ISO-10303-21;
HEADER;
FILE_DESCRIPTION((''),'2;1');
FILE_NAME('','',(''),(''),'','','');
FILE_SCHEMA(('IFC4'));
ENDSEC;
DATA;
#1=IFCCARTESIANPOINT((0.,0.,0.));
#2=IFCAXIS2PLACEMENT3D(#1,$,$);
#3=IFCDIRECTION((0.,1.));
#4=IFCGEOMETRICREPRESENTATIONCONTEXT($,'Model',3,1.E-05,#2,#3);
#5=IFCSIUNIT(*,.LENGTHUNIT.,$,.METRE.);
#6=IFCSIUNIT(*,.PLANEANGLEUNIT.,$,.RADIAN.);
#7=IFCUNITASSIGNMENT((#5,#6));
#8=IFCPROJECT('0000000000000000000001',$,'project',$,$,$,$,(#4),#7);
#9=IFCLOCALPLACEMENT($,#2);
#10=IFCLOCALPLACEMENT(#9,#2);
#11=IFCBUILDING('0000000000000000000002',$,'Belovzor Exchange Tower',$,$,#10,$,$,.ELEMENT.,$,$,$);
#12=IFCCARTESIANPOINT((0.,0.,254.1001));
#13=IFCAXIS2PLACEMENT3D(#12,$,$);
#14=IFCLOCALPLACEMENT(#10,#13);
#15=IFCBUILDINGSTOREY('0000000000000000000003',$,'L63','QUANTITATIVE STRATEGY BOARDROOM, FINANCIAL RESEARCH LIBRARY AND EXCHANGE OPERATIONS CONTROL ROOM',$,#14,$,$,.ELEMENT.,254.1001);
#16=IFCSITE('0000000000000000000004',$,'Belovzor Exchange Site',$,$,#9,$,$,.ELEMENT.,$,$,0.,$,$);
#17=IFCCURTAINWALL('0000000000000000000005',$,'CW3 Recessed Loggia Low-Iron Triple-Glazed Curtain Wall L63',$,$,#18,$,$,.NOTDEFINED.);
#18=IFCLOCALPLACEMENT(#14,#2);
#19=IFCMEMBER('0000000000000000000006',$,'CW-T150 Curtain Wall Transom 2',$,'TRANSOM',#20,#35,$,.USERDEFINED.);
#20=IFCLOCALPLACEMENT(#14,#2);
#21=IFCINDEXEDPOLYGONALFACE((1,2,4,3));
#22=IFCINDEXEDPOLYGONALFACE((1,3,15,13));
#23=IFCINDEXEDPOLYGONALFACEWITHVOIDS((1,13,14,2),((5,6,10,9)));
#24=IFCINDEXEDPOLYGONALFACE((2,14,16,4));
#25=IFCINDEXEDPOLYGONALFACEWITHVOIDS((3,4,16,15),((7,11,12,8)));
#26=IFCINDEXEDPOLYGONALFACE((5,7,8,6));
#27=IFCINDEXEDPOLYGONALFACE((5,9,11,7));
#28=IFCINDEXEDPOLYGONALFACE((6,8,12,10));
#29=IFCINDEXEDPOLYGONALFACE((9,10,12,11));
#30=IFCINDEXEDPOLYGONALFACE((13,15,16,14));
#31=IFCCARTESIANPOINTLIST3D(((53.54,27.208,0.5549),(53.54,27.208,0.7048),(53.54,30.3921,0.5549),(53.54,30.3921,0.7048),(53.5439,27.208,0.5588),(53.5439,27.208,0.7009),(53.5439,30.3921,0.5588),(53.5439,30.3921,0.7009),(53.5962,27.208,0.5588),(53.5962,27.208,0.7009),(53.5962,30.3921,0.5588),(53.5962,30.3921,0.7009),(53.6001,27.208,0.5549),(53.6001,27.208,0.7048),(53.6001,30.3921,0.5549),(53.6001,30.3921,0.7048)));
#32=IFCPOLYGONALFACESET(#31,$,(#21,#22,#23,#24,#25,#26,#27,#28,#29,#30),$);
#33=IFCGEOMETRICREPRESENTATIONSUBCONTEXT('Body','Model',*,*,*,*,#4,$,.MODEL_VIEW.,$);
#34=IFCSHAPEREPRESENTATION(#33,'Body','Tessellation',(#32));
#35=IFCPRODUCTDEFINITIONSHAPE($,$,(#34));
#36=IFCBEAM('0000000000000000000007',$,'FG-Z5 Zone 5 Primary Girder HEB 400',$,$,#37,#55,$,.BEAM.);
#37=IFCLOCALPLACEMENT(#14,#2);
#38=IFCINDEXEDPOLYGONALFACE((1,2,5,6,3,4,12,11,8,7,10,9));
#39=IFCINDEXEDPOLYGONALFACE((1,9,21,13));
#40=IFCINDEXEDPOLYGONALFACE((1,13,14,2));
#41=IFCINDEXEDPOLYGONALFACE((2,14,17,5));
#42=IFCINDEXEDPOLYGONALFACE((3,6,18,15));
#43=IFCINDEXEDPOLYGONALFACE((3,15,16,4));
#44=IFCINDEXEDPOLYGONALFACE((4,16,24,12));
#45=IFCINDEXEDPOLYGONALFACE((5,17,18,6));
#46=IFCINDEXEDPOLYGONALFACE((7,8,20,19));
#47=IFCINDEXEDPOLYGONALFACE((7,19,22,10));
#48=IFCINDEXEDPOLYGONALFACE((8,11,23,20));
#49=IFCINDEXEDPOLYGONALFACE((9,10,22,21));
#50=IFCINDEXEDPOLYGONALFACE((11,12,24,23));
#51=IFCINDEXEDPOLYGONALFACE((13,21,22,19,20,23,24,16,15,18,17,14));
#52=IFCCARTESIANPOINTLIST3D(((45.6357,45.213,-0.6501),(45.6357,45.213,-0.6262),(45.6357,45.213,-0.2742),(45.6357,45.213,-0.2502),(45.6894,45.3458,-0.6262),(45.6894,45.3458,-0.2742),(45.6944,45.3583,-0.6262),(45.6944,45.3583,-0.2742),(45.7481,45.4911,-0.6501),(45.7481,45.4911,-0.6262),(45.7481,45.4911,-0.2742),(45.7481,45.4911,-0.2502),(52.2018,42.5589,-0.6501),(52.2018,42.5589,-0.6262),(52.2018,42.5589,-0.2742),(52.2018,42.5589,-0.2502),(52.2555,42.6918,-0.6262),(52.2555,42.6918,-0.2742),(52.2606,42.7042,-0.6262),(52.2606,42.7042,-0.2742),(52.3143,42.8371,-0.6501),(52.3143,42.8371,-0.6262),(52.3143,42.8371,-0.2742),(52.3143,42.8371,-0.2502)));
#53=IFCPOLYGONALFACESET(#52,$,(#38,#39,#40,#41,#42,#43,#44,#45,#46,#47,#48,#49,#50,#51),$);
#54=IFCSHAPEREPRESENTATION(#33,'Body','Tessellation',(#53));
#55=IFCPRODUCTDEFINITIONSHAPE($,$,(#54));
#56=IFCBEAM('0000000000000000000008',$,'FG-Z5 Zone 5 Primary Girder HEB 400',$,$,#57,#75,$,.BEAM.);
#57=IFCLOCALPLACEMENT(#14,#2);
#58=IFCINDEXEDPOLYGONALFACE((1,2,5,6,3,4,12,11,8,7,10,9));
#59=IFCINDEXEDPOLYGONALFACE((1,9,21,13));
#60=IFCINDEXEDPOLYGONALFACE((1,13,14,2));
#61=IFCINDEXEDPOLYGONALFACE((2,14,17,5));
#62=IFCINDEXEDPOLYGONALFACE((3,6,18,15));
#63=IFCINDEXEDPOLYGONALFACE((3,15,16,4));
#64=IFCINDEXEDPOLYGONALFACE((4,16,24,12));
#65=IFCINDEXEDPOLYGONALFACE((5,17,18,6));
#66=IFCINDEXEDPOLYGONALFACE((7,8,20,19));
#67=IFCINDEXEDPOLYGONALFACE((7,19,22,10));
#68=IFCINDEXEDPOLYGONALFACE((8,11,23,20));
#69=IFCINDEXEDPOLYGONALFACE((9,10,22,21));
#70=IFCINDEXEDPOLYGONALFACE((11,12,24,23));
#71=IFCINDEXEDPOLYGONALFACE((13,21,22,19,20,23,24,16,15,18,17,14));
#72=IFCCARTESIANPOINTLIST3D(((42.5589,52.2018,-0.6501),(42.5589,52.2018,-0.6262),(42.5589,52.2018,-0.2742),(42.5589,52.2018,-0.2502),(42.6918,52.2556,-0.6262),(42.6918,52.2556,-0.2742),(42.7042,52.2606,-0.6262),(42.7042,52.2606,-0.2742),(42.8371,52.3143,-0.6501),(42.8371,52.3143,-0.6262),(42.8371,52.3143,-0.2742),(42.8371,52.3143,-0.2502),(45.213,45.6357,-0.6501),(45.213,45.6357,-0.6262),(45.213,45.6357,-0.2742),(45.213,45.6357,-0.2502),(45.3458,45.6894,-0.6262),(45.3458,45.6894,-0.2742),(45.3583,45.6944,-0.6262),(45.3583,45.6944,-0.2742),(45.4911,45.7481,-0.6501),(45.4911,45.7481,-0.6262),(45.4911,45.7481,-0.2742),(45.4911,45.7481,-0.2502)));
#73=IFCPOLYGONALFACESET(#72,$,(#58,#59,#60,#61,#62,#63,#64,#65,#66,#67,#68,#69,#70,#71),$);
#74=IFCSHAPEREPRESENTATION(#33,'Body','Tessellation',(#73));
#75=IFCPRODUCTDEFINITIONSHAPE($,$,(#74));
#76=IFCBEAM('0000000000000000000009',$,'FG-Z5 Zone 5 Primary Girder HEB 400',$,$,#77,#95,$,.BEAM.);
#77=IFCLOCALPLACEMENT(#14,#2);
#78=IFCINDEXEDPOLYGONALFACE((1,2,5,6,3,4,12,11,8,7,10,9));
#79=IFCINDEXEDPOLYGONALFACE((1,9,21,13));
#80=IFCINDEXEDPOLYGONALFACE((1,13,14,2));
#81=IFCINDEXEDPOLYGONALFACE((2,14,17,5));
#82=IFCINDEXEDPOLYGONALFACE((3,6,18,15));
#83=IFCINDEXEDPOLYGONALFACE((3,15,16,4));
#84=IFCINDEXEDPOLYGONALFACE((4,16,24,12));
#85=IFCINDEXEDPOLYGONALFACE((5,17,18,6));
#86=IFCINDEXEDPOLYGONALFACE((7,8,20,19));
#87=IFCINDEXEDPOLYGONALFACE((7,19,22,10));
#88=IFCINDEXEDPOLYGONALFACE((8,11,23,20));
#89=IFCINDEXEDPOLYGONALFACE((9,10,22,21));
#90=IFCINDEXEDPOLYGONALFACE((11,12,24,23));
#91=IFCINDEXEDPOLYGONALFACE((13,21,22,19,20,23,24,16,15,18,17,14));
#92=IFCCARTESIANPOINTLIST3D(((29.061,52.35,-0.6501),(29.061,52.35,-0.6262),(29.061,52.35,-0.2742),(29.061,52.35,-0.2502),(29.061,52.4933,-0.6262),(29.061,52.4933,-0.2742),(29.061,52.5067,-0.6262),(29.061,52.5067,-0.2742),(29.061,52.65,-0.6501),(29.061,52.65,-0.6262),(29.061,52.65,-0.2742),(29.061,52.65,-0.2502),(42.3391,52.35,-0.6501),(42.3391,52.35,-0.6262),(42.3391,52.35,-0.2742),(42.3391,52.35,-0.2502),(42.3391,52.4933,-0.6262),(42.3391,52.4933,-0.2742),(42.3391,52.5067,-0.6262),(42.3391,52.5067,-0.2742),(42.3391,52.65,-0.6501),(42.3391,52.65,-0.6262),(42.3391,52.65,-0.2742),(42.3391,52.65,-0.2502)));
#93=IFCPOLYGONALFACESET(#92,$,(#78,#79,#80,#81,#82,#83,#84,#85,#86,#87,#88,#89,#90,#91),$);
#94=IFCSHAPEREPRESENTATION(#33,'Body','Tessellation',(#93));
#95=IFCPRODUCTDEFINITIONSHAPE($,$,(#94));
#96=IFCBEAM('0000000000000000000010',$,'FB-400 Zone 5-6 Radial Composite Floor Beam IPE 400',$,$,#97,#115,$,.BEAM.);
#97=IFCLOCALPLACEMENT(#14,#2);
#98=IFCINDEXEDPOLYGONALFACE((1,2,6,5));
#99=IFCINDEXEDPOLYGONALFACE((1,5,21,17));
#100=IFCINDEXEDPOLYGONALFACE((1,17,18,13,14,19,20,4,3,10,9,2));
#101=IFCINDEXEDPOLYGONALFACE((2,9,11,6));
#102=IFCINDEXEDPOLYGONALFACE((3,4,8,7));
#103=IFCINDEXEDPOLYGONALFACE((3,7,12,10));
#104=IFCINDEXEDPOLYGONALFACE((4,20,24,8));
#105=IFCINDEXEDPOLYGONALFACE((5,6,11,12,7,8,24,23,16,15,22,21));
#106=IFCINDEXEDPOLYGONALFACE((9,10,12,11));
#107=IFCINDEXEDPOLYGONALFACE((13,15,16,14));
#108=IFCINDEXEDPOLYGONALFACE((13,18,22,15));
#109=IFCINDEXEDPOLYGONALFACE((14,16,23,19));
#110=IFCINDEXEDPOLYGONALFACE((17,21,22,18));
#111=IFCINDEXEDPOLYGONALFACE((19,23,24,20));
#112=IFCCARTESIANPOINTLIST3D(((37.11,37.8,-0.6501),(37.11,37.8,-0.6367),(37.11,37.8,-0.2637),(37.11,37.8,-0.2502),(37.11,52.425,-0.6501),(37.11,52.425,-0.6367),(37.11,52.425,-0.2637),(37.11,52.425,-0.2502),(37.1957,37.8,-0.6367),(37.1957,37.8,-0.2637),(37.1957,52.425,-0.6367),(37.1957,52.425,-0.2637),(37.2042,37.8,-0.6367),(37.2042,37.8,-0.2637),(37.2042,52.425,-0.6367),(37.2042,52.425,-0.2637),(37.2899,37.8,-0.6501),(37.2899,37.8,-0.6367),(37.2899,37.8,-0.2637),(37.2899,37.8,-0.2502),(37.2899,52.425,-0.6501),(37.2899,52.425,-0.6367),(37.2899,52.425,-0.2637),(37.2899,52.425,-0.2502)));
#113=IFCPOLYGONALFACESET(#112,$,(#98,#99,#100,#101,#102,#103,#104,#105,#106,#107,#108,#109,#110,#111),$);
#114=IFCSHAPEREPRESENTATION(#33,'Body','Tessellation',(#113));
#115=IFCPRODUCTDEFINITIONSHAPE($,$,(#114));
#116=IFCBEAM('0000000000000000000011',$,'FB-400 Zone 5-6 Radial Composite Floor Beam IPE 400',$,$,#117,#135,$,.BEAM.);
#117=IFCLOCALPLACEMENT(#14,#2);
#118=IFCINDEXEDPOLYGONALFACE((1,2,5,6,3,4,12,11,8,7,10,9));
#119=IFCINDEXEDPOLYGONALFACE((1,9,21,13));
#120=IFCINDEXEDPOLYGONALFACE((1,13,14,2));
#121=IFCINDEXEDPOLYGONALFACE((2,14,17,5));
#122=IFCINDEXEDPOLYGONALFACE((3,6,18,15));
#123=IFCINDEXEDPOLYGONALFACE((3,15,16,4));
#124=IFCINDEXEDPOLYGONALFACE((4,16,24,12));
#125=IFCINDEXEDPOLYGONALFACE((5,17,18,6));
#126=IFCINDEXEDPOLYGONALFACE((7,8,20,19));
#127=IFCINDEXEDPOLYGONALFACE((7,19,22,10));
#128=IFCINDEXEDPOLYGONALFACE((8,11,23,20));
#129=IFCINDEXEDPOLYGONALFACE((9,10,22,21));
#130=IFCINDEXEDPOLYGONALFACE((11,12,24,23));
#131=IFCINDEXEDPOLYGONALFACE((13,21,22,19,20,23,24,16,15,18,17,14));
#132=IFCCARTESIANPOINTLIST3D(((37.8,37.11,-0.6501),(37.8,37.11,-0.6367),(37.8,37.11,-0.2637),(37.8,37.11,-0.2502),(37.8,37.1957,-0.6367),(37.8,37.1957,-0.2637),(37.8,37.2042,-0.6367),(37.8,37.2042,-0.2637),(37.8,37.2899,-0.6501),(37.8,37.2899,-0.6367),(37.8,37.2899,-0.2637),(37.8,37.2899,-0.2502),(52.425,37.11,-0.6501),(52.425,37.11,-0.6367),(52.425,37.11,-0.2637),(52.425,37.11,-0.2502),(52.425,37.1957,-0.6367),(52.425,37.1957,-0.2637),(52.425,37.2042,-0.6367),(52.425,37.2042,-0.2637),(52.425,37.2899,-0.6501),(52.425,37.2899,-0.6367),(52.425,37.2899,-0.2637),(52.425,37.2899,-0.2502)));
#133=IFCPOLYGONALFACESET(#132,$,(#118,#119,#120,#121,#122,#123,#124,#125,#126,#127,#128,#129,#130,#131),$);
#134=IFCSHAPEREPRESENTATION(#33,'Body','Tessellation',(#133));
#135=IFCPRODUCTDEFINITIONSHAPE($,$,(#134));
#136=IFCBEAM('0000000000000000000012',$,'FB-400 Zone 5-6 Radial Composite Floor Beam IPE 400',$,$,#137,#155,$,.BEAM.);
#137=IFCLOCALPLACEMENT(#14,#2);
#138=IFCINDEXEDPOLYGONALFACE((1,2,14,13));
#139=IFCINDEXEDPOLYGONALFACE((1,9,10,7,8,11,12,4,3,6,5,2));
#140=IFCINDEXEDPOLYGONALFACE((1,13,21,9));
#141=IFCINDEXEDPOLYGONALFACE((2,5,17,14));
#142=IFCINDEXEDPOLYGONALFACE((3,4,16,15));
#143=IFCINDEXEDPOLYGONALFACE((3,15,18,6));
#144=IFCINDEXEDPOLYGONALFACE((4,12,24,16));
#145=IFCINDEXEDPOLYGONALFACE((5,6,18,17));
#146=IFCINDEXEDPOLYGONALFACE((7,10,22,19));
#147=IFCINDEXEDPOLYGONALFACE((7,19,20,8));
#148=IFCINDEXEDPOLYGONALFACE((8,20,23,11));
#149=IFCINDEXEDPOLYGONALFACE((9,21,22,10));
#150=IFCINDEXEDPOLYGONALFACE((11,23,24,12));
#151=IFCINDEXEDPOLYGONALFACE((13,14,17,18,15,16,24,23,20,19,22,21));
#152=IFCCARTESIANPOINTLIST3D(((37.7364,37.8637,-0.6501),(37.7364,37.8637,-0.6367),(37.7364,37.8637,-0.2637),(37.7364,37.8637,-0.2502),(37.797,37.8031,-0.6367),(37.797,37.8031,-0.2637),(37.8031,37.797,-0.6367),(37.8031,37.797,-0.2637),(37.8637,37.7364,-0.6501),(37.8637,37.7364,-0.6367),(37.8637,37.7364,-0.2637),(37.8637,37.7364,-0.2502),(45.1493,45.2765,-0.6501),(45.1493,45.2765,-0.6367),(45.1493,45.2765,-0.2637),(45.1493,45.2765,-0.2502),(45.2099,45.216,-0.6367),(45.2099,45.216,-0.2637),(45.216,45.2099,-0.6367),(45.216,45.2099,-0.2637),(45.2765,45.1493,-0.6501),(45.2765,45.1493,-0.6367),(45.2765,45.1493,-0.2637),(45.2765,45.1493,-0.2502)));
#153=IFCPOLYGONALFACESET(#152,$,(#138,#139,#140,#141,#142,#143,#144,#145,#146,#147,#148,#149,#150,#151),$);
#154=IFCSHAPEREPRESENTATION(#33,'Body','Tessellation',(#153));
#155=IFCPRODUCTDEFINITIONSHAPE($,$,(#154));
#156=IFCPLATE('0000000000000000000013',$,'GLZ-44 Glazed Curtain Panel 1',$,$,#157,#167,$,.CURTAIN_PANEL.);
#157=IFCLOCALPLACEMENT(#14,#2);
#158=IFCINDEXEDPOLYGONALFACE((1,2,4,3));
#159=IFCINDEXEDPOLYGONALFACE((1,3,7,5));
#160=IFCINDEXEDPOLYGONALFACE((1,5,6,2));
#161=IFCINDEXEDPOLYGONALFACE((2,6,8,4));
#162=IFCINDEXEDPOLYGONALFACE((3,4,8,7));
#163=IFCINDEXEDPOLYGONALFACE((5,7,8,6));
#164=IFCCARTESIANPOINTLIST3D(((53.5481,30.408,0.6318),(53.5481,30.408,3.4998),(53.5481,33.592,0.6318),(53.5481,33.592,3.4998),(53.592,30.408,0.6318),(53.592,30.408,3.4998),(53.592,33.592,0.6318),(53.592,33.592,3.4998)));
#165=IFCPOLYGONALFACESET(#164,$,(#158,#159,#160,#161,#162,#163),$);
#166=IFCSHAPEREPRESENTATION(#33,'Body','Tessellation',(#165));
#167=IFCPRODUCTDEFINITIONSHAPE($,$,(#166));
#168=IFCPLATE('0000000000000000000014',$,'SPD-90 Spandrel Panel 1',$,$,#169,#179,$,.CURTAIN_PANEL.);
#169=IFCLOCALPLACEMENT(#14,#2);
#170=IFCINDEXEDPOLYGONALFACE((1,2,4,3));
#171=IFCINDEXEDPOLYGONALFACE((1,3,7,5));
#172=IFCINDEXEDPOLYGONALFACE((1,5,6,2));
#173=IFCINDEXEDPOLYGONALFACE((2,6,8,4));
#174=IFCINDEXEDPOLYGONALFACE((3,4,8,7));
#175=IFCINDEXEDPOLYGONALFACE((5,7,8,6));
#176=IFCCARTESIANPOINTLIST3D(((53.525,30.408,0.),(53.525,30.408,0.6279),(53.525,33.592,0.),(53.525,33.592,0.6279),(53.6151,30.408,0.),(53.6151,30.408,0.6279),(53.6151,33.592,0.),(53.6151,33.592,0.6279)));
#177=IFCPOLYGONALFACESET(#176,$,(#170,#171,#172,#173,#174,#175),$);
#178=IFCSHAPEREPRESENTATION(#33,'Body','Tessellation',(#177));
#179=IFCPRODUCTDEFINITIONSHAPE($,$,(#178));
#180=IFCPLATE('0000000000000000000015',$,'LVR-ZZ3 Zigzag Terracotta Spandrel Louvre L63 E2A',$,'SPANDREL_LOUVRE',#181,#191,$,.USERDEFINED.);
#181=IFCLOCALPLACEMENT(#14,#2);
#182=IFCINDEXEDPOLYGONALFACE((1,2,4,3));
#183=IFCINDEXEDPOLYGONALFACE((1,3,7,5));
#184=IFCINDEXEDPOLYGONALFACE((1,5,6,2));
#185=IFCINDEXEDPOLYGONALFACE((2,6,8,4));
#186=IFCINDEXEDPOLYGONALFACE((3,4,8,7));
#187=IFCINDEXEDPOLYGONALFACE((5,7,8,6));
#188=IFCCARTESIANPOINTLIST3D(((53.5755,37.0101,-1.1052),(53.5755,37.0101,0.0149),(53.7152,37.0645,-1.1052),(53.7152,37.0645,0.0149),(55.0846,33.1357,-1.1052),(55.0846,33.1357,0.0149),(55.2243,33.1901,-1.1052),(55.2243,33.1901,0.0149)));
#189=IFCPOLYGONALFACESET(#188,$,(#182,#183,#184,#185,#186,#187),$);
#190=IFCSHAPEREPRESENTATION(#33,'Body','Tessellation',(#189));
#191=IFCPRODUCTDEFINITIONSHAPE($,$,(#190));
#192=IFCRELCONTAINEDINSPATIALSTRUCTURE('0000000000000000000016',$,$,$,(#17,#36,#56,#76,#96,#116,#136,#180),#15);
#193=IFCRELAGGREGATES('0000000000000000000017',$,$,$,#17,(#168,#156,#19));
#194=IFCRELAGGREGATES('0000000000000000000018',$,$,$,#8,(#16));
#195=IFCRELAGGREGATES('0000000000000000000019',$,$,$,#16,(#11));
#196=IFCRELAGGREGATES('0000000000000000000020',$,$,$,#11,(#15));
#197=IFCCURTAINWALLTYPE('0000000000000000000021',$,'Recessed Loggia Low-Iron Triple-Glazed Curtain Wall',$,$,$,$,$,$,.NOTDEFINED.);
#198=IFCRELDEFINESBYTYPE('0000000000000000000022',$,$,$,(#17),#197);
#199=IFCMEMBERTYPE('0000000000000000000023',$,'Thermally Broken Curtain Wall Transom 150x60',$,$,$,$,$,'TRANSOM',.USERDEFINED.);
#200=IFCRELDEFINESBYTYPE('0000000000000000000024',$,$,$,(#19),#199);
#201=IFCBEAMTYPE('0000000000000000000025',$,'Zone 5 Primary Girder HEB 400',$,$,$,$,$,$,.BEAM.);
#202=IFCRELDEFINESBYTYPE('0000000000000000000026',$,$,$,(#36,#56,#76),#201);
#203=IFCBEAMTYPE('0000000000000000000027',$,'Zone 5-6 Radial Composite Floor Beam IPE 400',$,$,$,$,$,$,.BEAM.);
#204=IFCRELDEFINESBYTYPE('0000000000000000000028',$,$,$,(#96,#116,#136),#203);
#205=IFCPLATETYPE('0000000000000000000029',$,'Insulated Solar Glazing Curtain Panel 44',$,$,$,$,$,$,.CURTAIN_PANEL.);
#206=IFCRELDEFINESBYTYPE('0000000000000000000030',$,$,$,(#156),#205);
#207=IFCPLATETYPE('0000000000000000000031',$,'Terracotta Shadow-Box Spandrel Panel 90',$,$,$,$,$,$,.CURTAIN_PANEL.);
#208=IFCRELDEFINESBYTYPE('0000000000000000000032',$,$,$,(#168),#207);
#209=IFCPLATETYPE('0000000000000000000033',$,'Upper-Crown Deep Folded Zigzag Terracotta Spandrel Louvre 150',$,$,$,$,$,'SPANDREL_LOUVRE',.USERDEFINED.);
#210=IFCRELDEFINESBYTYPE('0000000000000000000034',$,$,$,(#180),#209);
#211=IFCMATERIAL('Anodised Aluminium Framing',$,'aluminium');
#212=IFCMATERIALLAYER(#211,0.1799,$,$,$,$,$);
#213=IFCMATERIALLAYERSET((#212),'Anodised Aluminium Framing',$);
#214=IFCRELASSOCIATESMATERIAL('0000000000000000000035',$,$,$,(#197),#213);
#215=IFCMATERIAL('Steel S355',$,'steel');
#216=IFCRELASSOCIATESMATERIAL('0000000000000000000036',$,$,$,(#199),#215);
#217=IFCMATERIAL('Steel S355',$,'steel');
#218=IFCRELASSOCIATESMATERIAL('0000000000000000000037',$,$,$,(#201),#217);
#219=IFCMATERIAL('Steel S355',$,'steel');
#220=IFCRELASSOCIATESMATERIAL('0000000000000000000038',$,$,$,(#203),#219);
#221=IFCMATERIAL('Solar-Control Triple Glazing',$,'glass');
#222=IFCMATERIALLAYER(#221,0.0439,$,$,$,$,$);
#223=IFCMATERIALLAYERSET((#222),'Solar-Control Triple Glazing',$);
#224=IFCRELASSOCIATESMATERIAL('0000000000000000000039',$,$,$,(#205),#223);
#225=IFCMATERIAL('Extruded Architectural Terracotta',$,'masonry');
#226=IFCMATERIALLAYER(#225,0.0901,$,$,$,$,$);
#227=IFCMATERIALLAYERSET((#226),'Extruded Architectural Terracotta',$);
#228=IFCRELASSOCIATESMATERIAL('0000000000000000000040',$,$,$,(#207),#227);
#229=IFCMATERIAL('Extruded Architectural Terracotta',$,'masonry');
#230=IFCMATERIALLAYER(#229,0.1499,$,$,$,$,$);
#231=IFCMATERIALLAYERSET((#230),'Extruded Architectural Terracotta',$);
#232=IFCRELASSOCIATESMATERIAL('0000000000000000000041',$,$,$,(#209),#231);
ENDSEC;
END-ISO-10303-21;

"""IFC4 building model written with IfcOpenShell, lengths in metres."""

from ifc_helpers import new_model, si_unit, direction, frame, origin, origin_2d, place, context, subcontext, project, spatial, rectangle, hollow_rectangle, i_section, extrude, material, layer, layer_set, material_profile, profile_set, type_object, element, aggregate, save


model = new_model("IFC4")

# Units and contexts
model_context = context("Model", 3, precision=1e-05, world=origin(), true_north=direction((0.0, 1.0)))
body_context = subcontext(model_context, "Body", "Model", "MODEL_VIEW")
ifc_project = project(units=[si_unit("LENGTHUNIT", "METRE"), si_unit("PLANEANGLEUNIT", "RADIAN")], contexts=[model_context])

# Site, building, storey
site_placement = place(None, origin())
site = spatial("IfcSite", under=ifc_project, at=site_placement, Name="Belovzor Exchange Site", CompositionType="ELEMENT", RefElevation=0.0)
building_placement = place(site_placement, origin())
building = spatial("IfcBuilding", under=site, at=building_placement, Name="Belovzor Exchange Tower", CompositionType="ELEMENT")
storey_placement = place(building_placement, frame((0.0, 0.0, 254.1001)))
storey = spatial("IfcBuildingStorey", under=building, at=storey_placement, Name="L63", Description="QUANTITATIVE STRATEGY BOARDROOM, FINANCIAL RESEARCH LIBRARY AND EXCHANGE OPERATIONS CONTROL ROOM", CompositionType="ELEMENT", Elevation=254.1001)

# Curtain wall, member
ifc_material_1 = material(Name="Anodised Aluminium Framing", Category="aluminium")
ifc_layer_1 = layer(ifc_material_1, 0.1799)
ifc_layer_set_1 = layer_set([ifc_layer_1], Name="Anodised Aluminium Framing")
curtain_wall_type = type_object("IfcCurtainWallType", Name="Recessed Loggia Low-Iron Triple-Glazed Curtain Wall", PredefinedType="NOTDEFINED", material=ifc_layer_set_1)
curtain_wall_placement = place(storey_placement, origin())
curtain_wall = element("IfcCurtainWall", 1, at=curtain_wall_placement, inside=storey, type_object=curtain_wall_type, Name="CW3 Recessed Loggia Low-Iron Triple-Glazed Curtain Wall L63", PredefinedType="NOTDEFINED")
ifc_material_2 = material(Name="Steel S355", Category="steel")
ifc_material_profile_1 = material_profile(ifc_material_2, hollow_rectangle(XDim=0.0601, YDim=0.1499, WallThickness=0.0039, at=origin_2d()))
ifc_profile_set_1 = profile_set([ifc_material_profile_1], Name="Steel S355")
member_type_1 = type_object("IfcMemberType", Name="Thermally Broken Curtain Wall Transom 150x60", ElementType="TRANSOM", PredefinedType="USERDEFINED", material=ifc_profile_set_1)
member_1_placement = place(storey_placement, frame((53.5701, 30.3921, 0.6299), z_axis=(0.0, -1.0, 0.0), x_axis=(1.0, 0.0, 0.0)))
member_1 = element("IfcMember", 2, at=member_1_placement, type_object=member_type_1, Name="CW-T150 Curtain Wall Transom 2", ObjectType="TRANSOM", PredefinedType="USERDEFINED", context=body_context, shape_type="SweptSolid", body=[
    extrude(hollow_rectangle(XDim=0.0601, YDim=0.1499, WallThickness=0.0039, at=origin_2d()), origin(), (0.0, 0.0, 1.0), 3.1841),
])

# Beams
ifc_material_3 = material(Name="Steel S355", Category="steel")
ifc_material_profile_2 = material_profile(ifc_material_3, i_section(OverallWidth=0.3, OverallDepth=0.3999, WebThickness=0.0134, FlangeThickness=0.0239, at=origin_2d()))
ifc_profile_set_2 = profile_set([ifc_material_profile_2], Name="Steel S355")
beam_type_1 = type_object("IfcBeamType", Name="Zone 5 Primary Girder HEB 400", PredefinedType="BEAM", material=ifc_profile_set_2)
for number, where, z_axis, x_axis, name in (
    (3, (52.2581, 42.698, -0.4502), (-0.927127, 0.374746, 0.0), (-0.374746, -0.927127, 0.0), "FG-Z5 Zone 5 Primary Girder HEB 400"),
    (4, (45.3521, 45.6919, -0.4502), (-0.374746, 0.927127, 0.0), (-0.927127, -0.374746, 0.0), "FG-Z5 Zone 5 Primary Girder HEB 400"),
):
    element("IfcBeam", number, at=place(storey_placement, frame(where, z_axis=z_axis, x_axis=x_axis)), inside=storey, type_object=beam_type_1, Name=name, PredefinedType="BEAM", context=body_context, shape_type="SweptSolid", body=[
        extrude(i_section(OverallWidth=0.3, OverallDepth=0.3999, WebThickness=0.0134, FlangeThickness=0.0239, at=origin_2d()), origin(), (0.0, 0.0, 1.0), 7.0823),
    ])
beam_1_placement = place(storey_placement, frame((42.3391, 52.5, -0.4502), z_axis=(-1.0, 0.0, 0.0), x_axis=(0.0, -1.0, 0.0)))
element("IfcBeam", 5, at=beam_1_placement, inside=storey, type_object=beam_type_1, Name="FG-Z5 Zone 5 Primary Girder HEB 400", PredefinedType="BEAM", context=body_context, shape_type="SweptSolid", body=[
    extrude(i_section(OverallWidth=0.3, OverallDepth=0.3999, WebThickness=0.0134, FlangeThickness=0.0239, at=origin_2d()), origin(), (0.0, 0.0, 1.0), 13.2781),
])
ifc_material_4 = material(Name="Steel S355", Category="steel")
ifc_material_profile_3 = material_profile(ifc_material_4, i_section(OverallWidth=0.1799, OverallDepth=0.3999, WebThickness=0.0085, FlangeThickness=0.0134, at=origin_2d()))
ifc_profile_set_3 = profile_set([ifc_material_profile_3], Name="Steel S355")
beam_type_2 = type_object("IfcBeamType", Name="Zone 5-6 Radial Composite Floor Beam IPE 400", PredefinedType="BEAM", material=ifc_profile_set_3)
for number, where, z_axis, x_axis, name in (
    (6, (37.2, 37.8, -0.4502), (0.0, 1.0, 0.0), (-1.0, 0.0, 0.0), "FB-400 Zone 5-6 Radial Composite Floor Beam IPE 400"),
    (7, (37.8, 37.2, -0.4502), (1.0, 0.0, 0.0), (0.0, 1.0, 0.0), "FB-400 Zone 5-6 Radial Composite Floor Beam IPE 400"),
):
    element("IfcBeam", number, at=place(storey_placement, frame(where, z_axis=z_axis, x_axis=x_axis)), inside=storey, type_object=beam_type_2, Name=name, PredefinedType="BEAM", context=body_context, shape_type="SweptSolid", body=[
        extrude(i_section(OverallWidth=0.1799, OverallDepth=0.3999, WebThickness=0.0085, FlangeThickness=0.0134, at=origin_2d()), origin(), (0.0, 0.0, 1.0), 14.625),
    ])
beam_2_placement = place(storey_placement, frame((37.8, 37.8, -0.4502), z_axis=(0.707107, 0.707107, 0.0), x_axis=(-0.707107, 0.707107, 0.0)))
element("IfcBeam", 8, at=beam_2_placement, inside=storey, type_object=beam_type_2, Name="FB-400 Zone 5-6 Radial Composite Floor Beam IPE 400", PredefinedType="BEAM", context=body_context, shape_type="SweptSolid", body=[
    extrude(i_section(OverallWidth=0.1799, OverallDepth=0.3999, WebThickness=0.0085, FlangeThickness=0.0134, at=origin_2d()), origin(), (0.0, 0.0, 1.0), 10.4834),
])

# Plates
ifc_material_5 = material(Name="Solar-Control Triple Glazing", Category="glass")
ifc_layer_2 = layer(ifc_material_5, 0.0439)
ifc_layer_set_2 = layer_set([ifc_layer_2], Name="Solar-Control Triple Glazing")
plate_type_1 = type_object("IfcPlateType", Name="Insulated Solar Glazing Curtain Panel 44", PredefinedType="CURTAIN_PANEL", material=ifc_layer_set_2)
plate_1_placement = place(storey_placement, frame((53.5701, 32.0, 0.6318), z_axis=(0.0, 0.0, 1.0), x_axis=(0.0, -1.0, 0.0)))
plate_1 = element("IfcPlate", 9, at=plate_1_placement, type_object=plate_type_1, Name="GLZ-44 Glazed Curtain Panel 1", PredefinedType="CURTAIN_PANEL", context=body_context, shape_type="SweptSolid", body=[
    extrude(rectangle(XDim=3.1841, YDim=0.0439, at=origin_2d()), origin(), (0.0, 0.0, 1.0), 2.8679),
])
ifc_material_6 = material(Name="Extruded Architectural Terracotta", Category="masonry")
ifc_layer_3 = layer(ifc_material_6, 0.0901)
ifc_layer_set_3 = layer_set([ifc_layer_3], Name="Extruded Architectural Terracotta")
plate_type_2 = type_object("IfcPlateType", Name="Terracotta Shadow-Box Spandrel Panel 90", PredefinedType="CURTAIN_PANEL", material=ifc_layer_set_3)
plate_2_placement = place(storey_placement, frame((53.5701, 32.0, 0.0), z_axis=(0.0, 0.0, 1.0), x_axis=(0.0, -1.0, 0.0)))
plate_2 = element("IfcPlate", 10, at=plate_2_placement, type_object=plate_type_2, Name="SPD-90 Spandrel Panel 1", PredefinedType="CURTAIN_PANEL", context=body_context, shape_type="SweptSolid", body=[
    extrude(rectangle(XDim=3.1841, YDim=0.0901, at=origin_2d()), origin(), (0.0, 0.0, 1.0), 0.6279),
])
aggregate(curtain_wall, [plate_2, plate_1, member_1])

# Plate
ifc_material_7 = material(Name="Extruded Architectural Terracotta", Category="masonry")
ifc_layer_4 = layer(ifc_material_7, 0.1499)
ifc_layer_set_4 = layer_set([ifc_layer_4], Name="Extruded Architectural Terracotta")
plate_type_3 = type_object("IfcPlateType", Name="Upper-Crown Deep Folded Zigzag Terracotta Spandrel Louvre 150", ElementType="SPANDREL_LOUVRE", PredefinedType="USERDEFINED", material=ifc_layer_set_4)
for number, where, z_axis, x_axis, name in (
    (11, (54.3999, 35.1001, -1.1052), (0.0, 0.0, 1.0), (-0.362926, 0.931818, 0.0), "LVR-ZZ3 Zigzag Terracotta Spandrel Louvre L63 E2A"),
):
    element("IfcPlate", number, at=place(storey_placement, frame(where, z_axis=z_axis, x_axis=x_axis)), inside=storey, type_object=plate_type_3, Name=name, ObjectType="SPANDREL_LOUVRE", PredefinedType="USERDEFINED", context=body_context, shape_type="SweptSolid", body=[
        extrude(rectangle(XDim=4.158, YDim=0.1499, at=origin_2d()), origin(), (0.0, 0.0, 1.0), 1.1201),
    ])

save(model, "model.ifc")
